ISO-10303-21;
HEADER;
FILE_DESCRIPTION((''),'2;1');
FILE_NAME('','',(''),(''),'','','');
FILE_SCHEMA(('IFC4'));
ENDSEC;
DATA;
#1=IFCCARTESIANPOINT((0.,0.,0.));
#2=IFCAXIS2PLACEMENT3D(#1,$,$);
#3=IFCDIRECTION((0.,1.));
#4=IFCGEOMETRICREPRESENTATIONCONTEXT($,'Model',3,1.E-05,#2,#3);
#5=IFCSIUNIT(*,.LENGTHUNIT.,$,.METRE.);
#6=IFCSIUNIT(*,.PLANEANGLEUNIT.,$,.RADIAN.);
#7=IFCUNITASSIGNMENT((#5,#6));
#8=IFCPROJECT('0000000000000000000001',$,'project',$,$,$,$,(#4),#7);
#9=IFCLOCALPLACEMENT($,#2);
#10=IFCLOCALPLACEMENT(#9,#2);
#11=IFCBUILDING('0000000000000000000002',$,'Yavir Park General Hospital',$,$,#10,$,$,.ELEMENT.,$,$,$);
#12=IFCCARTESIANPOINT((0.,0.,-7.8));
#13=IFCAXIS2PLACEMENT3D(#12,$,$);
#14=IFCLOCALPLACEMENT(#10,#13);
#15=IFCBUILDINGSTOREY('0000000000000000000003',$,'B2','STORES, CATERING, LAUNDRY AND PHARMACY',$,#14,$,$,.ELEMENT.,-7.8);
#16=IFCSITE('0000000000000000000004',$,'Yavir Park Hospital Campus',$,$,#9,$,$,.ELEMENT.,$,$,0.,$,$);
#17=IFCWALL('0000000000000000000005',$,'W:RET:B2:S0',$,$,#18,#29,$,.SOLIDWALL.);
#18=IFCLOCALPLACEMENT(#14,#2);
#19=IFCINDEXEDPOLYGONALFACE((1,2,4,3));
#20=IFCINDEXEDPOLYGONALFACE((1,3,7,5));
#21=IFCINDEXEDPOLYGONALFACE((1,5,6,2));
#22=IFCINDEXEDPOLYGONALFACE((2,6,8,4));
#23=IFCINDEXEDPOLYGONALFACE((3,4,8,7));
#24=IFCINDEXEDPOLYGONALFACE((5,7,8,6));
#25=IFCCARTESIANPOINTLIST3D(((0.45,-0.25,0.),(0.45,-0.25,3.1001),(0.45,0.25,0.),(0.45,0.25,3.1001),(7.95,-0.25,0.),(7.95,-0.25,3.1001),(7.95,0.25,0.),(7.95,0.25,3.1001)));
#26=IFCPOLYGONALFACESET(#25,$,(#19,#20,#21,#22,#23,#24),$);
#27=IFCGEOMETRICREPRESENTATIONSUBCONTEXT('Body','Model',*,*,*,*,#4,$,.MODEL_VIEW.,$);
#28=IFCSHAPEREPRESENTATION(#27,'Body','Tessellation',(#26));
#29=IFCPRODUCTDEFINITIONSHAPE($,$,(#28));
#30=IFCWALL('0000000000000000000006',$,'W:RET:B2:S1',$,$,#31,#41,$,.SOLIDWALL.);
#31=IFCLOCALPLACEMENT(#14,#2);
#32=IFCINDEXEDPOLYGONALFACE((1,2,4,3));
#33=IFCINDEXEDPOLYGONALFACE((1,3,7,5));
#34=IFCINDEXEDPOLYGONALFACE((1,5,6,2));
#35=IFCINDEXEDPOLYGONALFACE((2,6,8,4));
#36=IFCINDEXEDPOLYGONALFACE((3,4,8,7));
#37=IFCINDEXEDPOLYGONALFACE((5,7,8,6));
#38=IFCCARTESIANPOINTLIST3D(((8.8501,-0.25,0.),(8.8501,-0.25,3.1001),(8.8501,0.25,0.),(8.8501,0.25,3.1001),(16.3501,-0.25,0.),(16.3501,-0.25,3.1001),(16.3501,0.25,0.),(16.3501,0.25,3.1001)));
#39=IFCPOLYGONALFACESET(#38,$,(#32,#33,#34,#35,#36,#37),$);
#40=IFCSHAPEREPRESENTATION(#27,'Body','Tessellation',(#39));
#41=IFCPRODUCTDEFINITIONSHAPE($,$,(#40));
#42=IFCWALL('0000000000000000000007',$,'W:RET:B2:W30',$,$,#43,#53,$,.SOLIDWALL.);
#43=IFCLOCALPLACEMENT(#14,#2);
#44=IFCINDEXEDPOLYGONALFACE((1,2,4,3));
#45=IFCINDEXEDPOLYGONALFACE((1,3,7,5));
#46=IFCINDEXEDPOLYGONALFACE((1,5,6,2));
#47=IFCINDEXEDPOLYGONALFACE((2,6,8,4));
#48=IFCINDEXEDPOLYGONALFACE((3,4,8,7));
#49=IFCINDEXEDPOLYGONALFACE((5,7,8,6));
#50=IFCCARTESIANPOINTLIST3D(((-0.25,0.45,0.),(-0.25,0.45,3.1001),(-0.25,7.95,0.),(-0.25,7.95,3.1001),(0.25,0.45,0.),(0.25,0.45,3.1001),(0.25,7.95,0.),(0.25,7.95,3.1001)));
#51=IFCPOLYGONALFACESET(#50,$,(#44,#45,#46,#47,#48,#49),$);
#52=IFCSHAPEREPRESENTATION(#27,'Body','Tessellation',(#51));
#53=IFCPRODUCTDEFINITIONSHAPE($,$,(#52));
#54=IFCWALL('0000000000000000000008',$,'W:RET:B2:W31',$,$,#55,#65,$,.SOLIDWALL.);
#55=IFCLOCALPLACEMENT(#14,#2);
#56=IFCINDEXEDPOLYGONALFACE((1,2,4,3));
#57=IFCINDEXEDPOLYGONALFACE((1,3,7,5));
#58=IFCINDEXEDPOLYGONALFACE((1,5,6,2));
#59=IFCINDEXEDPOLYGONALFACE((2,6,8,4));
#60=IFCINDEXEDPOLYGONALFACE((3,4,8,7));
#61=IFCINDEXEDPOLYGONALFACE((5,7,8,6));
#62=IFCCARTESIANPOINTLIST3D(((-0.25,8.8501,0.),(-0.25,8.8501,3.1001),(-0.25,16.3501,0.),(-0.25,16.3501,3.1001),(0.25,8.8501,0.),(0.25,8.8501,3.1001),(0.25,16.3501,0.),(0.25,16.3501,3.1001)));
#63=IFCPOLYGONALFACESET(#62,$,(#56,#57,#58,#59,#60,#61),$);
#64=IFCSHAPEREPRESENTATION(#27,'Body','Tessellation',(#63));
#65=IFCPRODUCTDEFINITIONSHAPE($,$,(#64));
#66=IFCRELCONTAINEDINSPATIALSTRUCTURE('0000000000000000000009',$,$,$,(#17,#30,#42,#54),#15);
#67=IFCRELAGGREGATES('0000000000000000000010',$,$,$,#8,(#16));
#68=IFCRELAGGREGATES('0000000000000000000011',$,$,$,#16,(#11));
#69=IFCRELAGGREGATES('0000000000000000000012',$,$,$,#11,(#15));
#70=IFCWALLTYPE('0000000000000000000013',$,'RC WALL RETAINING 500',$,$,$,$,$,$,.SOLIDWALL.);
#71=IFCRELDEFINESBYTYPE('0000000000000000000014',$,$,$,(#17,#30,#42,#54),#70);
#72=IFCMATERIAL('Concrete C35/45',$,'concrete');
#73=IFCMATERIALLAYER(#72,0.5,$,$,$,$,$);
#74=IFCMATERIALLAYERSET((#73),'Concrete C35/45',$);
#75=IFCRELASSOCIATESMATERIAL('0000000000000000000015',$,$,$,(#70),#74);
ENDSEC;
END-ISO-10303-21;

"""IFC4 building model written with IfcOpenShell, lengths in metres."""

from ifc_helpers import new_model, si_unit, direction, frame, frame_2d, origin, place, context, subcontext, project, spatial, rectangle, extrude, material, layer, layer_set, type_object, element, save


model = new_model("IFC4")

# Units and contexts
model_context = context("Model", 3, precision=1e-05, world=origin(), true_north=direction((0.0, 1.0)))
body_context = subcontext(model_context, "Body", "Model", "MODEL_VIEW")
ifc_project = project(units=[si_unit("LENGTHUNIT", "METRE"), si_unit("PLANEANGLEUNIT", "RADIAN")], contexts=[model_context])

# Site, building, storey
site_placement = place(None, origin())
site = spatial("IfcSite", under=ifc_project, at=site_placement, Name="Yavir Park Hospital Campus", CompositionType="ELEMENT", RefElevation=0.0)
building_placement = place(site_placement, origin())
building = spatial("IfcBuilding", under=site, at=building_placement, Name="Yavir Park General Hospital", CompositionType="ELEMENT")
storey_placement = place(building_placement, frame((0.0, 0.0, -7.8)))
storey = spatial("IfcBuildingStorey", under=building, at=storey_placement, Name="B2", Description="STORES, CATERING, LAUNDRY AND PHARMACY", CompositionType="ELEMENT", Elevation=-7.8)

# Walls
ifc_material_1 = material(Name="Concrete C35/45", Category="concrete")
ifc_layer_1 = layer(ifc_material_1, 0.5)
ifc_layer_set_1 = layer_set([ifc_layer_1], Name="Concrete C35/45")
wall_type_1 = type_object("IfcWallType", Name="RC WALL RETAINING 500", PredefinedType="SOLIDWALL", material=ifc_layer_set_1)
for number, where, z_axis, x_axis, name in (
    (1, (0.45, 0.0, 0.0), (0.0, 0.0, 1.0), (1.0, 0.0, 0.0), "W:RET:B2:S0"),
    (2, (8.8501, 0.0, 0.0), (0.0, 0.0, 1.0), (1.0, 0.0, 0.0), "W:RET:B2:S1"),
    (3, (0.0, 0.45, 0.0), (0.0, 0.0, 1.0), (0.0, 1.0, 0.0), "W:RET:B2:W30"),
    (4, (0.0, 8.8501, 0.0), (0.0, 0.0, 1.0), (0.0, 1.0, 0.0), "W:RET:B2:W31"),
):
    element("IfcWall", number, at=place(storey_placement, frame(where, z_axis=z_axis, x_axis=x_axis)), inside=storey, type_object=wall_type_1, Name=name, PredefinedType="SOLIDWALL", context=body_context, shape_type="SweptSolid", body=[
        extrude(rectangle(XDim=7.5, YDim=0.5, at=frame_2d((3.75, 0.0))), origin(), (0.0, 0.0, 1.0), 3.1001),
    ])

save(model, "model.ifc")
